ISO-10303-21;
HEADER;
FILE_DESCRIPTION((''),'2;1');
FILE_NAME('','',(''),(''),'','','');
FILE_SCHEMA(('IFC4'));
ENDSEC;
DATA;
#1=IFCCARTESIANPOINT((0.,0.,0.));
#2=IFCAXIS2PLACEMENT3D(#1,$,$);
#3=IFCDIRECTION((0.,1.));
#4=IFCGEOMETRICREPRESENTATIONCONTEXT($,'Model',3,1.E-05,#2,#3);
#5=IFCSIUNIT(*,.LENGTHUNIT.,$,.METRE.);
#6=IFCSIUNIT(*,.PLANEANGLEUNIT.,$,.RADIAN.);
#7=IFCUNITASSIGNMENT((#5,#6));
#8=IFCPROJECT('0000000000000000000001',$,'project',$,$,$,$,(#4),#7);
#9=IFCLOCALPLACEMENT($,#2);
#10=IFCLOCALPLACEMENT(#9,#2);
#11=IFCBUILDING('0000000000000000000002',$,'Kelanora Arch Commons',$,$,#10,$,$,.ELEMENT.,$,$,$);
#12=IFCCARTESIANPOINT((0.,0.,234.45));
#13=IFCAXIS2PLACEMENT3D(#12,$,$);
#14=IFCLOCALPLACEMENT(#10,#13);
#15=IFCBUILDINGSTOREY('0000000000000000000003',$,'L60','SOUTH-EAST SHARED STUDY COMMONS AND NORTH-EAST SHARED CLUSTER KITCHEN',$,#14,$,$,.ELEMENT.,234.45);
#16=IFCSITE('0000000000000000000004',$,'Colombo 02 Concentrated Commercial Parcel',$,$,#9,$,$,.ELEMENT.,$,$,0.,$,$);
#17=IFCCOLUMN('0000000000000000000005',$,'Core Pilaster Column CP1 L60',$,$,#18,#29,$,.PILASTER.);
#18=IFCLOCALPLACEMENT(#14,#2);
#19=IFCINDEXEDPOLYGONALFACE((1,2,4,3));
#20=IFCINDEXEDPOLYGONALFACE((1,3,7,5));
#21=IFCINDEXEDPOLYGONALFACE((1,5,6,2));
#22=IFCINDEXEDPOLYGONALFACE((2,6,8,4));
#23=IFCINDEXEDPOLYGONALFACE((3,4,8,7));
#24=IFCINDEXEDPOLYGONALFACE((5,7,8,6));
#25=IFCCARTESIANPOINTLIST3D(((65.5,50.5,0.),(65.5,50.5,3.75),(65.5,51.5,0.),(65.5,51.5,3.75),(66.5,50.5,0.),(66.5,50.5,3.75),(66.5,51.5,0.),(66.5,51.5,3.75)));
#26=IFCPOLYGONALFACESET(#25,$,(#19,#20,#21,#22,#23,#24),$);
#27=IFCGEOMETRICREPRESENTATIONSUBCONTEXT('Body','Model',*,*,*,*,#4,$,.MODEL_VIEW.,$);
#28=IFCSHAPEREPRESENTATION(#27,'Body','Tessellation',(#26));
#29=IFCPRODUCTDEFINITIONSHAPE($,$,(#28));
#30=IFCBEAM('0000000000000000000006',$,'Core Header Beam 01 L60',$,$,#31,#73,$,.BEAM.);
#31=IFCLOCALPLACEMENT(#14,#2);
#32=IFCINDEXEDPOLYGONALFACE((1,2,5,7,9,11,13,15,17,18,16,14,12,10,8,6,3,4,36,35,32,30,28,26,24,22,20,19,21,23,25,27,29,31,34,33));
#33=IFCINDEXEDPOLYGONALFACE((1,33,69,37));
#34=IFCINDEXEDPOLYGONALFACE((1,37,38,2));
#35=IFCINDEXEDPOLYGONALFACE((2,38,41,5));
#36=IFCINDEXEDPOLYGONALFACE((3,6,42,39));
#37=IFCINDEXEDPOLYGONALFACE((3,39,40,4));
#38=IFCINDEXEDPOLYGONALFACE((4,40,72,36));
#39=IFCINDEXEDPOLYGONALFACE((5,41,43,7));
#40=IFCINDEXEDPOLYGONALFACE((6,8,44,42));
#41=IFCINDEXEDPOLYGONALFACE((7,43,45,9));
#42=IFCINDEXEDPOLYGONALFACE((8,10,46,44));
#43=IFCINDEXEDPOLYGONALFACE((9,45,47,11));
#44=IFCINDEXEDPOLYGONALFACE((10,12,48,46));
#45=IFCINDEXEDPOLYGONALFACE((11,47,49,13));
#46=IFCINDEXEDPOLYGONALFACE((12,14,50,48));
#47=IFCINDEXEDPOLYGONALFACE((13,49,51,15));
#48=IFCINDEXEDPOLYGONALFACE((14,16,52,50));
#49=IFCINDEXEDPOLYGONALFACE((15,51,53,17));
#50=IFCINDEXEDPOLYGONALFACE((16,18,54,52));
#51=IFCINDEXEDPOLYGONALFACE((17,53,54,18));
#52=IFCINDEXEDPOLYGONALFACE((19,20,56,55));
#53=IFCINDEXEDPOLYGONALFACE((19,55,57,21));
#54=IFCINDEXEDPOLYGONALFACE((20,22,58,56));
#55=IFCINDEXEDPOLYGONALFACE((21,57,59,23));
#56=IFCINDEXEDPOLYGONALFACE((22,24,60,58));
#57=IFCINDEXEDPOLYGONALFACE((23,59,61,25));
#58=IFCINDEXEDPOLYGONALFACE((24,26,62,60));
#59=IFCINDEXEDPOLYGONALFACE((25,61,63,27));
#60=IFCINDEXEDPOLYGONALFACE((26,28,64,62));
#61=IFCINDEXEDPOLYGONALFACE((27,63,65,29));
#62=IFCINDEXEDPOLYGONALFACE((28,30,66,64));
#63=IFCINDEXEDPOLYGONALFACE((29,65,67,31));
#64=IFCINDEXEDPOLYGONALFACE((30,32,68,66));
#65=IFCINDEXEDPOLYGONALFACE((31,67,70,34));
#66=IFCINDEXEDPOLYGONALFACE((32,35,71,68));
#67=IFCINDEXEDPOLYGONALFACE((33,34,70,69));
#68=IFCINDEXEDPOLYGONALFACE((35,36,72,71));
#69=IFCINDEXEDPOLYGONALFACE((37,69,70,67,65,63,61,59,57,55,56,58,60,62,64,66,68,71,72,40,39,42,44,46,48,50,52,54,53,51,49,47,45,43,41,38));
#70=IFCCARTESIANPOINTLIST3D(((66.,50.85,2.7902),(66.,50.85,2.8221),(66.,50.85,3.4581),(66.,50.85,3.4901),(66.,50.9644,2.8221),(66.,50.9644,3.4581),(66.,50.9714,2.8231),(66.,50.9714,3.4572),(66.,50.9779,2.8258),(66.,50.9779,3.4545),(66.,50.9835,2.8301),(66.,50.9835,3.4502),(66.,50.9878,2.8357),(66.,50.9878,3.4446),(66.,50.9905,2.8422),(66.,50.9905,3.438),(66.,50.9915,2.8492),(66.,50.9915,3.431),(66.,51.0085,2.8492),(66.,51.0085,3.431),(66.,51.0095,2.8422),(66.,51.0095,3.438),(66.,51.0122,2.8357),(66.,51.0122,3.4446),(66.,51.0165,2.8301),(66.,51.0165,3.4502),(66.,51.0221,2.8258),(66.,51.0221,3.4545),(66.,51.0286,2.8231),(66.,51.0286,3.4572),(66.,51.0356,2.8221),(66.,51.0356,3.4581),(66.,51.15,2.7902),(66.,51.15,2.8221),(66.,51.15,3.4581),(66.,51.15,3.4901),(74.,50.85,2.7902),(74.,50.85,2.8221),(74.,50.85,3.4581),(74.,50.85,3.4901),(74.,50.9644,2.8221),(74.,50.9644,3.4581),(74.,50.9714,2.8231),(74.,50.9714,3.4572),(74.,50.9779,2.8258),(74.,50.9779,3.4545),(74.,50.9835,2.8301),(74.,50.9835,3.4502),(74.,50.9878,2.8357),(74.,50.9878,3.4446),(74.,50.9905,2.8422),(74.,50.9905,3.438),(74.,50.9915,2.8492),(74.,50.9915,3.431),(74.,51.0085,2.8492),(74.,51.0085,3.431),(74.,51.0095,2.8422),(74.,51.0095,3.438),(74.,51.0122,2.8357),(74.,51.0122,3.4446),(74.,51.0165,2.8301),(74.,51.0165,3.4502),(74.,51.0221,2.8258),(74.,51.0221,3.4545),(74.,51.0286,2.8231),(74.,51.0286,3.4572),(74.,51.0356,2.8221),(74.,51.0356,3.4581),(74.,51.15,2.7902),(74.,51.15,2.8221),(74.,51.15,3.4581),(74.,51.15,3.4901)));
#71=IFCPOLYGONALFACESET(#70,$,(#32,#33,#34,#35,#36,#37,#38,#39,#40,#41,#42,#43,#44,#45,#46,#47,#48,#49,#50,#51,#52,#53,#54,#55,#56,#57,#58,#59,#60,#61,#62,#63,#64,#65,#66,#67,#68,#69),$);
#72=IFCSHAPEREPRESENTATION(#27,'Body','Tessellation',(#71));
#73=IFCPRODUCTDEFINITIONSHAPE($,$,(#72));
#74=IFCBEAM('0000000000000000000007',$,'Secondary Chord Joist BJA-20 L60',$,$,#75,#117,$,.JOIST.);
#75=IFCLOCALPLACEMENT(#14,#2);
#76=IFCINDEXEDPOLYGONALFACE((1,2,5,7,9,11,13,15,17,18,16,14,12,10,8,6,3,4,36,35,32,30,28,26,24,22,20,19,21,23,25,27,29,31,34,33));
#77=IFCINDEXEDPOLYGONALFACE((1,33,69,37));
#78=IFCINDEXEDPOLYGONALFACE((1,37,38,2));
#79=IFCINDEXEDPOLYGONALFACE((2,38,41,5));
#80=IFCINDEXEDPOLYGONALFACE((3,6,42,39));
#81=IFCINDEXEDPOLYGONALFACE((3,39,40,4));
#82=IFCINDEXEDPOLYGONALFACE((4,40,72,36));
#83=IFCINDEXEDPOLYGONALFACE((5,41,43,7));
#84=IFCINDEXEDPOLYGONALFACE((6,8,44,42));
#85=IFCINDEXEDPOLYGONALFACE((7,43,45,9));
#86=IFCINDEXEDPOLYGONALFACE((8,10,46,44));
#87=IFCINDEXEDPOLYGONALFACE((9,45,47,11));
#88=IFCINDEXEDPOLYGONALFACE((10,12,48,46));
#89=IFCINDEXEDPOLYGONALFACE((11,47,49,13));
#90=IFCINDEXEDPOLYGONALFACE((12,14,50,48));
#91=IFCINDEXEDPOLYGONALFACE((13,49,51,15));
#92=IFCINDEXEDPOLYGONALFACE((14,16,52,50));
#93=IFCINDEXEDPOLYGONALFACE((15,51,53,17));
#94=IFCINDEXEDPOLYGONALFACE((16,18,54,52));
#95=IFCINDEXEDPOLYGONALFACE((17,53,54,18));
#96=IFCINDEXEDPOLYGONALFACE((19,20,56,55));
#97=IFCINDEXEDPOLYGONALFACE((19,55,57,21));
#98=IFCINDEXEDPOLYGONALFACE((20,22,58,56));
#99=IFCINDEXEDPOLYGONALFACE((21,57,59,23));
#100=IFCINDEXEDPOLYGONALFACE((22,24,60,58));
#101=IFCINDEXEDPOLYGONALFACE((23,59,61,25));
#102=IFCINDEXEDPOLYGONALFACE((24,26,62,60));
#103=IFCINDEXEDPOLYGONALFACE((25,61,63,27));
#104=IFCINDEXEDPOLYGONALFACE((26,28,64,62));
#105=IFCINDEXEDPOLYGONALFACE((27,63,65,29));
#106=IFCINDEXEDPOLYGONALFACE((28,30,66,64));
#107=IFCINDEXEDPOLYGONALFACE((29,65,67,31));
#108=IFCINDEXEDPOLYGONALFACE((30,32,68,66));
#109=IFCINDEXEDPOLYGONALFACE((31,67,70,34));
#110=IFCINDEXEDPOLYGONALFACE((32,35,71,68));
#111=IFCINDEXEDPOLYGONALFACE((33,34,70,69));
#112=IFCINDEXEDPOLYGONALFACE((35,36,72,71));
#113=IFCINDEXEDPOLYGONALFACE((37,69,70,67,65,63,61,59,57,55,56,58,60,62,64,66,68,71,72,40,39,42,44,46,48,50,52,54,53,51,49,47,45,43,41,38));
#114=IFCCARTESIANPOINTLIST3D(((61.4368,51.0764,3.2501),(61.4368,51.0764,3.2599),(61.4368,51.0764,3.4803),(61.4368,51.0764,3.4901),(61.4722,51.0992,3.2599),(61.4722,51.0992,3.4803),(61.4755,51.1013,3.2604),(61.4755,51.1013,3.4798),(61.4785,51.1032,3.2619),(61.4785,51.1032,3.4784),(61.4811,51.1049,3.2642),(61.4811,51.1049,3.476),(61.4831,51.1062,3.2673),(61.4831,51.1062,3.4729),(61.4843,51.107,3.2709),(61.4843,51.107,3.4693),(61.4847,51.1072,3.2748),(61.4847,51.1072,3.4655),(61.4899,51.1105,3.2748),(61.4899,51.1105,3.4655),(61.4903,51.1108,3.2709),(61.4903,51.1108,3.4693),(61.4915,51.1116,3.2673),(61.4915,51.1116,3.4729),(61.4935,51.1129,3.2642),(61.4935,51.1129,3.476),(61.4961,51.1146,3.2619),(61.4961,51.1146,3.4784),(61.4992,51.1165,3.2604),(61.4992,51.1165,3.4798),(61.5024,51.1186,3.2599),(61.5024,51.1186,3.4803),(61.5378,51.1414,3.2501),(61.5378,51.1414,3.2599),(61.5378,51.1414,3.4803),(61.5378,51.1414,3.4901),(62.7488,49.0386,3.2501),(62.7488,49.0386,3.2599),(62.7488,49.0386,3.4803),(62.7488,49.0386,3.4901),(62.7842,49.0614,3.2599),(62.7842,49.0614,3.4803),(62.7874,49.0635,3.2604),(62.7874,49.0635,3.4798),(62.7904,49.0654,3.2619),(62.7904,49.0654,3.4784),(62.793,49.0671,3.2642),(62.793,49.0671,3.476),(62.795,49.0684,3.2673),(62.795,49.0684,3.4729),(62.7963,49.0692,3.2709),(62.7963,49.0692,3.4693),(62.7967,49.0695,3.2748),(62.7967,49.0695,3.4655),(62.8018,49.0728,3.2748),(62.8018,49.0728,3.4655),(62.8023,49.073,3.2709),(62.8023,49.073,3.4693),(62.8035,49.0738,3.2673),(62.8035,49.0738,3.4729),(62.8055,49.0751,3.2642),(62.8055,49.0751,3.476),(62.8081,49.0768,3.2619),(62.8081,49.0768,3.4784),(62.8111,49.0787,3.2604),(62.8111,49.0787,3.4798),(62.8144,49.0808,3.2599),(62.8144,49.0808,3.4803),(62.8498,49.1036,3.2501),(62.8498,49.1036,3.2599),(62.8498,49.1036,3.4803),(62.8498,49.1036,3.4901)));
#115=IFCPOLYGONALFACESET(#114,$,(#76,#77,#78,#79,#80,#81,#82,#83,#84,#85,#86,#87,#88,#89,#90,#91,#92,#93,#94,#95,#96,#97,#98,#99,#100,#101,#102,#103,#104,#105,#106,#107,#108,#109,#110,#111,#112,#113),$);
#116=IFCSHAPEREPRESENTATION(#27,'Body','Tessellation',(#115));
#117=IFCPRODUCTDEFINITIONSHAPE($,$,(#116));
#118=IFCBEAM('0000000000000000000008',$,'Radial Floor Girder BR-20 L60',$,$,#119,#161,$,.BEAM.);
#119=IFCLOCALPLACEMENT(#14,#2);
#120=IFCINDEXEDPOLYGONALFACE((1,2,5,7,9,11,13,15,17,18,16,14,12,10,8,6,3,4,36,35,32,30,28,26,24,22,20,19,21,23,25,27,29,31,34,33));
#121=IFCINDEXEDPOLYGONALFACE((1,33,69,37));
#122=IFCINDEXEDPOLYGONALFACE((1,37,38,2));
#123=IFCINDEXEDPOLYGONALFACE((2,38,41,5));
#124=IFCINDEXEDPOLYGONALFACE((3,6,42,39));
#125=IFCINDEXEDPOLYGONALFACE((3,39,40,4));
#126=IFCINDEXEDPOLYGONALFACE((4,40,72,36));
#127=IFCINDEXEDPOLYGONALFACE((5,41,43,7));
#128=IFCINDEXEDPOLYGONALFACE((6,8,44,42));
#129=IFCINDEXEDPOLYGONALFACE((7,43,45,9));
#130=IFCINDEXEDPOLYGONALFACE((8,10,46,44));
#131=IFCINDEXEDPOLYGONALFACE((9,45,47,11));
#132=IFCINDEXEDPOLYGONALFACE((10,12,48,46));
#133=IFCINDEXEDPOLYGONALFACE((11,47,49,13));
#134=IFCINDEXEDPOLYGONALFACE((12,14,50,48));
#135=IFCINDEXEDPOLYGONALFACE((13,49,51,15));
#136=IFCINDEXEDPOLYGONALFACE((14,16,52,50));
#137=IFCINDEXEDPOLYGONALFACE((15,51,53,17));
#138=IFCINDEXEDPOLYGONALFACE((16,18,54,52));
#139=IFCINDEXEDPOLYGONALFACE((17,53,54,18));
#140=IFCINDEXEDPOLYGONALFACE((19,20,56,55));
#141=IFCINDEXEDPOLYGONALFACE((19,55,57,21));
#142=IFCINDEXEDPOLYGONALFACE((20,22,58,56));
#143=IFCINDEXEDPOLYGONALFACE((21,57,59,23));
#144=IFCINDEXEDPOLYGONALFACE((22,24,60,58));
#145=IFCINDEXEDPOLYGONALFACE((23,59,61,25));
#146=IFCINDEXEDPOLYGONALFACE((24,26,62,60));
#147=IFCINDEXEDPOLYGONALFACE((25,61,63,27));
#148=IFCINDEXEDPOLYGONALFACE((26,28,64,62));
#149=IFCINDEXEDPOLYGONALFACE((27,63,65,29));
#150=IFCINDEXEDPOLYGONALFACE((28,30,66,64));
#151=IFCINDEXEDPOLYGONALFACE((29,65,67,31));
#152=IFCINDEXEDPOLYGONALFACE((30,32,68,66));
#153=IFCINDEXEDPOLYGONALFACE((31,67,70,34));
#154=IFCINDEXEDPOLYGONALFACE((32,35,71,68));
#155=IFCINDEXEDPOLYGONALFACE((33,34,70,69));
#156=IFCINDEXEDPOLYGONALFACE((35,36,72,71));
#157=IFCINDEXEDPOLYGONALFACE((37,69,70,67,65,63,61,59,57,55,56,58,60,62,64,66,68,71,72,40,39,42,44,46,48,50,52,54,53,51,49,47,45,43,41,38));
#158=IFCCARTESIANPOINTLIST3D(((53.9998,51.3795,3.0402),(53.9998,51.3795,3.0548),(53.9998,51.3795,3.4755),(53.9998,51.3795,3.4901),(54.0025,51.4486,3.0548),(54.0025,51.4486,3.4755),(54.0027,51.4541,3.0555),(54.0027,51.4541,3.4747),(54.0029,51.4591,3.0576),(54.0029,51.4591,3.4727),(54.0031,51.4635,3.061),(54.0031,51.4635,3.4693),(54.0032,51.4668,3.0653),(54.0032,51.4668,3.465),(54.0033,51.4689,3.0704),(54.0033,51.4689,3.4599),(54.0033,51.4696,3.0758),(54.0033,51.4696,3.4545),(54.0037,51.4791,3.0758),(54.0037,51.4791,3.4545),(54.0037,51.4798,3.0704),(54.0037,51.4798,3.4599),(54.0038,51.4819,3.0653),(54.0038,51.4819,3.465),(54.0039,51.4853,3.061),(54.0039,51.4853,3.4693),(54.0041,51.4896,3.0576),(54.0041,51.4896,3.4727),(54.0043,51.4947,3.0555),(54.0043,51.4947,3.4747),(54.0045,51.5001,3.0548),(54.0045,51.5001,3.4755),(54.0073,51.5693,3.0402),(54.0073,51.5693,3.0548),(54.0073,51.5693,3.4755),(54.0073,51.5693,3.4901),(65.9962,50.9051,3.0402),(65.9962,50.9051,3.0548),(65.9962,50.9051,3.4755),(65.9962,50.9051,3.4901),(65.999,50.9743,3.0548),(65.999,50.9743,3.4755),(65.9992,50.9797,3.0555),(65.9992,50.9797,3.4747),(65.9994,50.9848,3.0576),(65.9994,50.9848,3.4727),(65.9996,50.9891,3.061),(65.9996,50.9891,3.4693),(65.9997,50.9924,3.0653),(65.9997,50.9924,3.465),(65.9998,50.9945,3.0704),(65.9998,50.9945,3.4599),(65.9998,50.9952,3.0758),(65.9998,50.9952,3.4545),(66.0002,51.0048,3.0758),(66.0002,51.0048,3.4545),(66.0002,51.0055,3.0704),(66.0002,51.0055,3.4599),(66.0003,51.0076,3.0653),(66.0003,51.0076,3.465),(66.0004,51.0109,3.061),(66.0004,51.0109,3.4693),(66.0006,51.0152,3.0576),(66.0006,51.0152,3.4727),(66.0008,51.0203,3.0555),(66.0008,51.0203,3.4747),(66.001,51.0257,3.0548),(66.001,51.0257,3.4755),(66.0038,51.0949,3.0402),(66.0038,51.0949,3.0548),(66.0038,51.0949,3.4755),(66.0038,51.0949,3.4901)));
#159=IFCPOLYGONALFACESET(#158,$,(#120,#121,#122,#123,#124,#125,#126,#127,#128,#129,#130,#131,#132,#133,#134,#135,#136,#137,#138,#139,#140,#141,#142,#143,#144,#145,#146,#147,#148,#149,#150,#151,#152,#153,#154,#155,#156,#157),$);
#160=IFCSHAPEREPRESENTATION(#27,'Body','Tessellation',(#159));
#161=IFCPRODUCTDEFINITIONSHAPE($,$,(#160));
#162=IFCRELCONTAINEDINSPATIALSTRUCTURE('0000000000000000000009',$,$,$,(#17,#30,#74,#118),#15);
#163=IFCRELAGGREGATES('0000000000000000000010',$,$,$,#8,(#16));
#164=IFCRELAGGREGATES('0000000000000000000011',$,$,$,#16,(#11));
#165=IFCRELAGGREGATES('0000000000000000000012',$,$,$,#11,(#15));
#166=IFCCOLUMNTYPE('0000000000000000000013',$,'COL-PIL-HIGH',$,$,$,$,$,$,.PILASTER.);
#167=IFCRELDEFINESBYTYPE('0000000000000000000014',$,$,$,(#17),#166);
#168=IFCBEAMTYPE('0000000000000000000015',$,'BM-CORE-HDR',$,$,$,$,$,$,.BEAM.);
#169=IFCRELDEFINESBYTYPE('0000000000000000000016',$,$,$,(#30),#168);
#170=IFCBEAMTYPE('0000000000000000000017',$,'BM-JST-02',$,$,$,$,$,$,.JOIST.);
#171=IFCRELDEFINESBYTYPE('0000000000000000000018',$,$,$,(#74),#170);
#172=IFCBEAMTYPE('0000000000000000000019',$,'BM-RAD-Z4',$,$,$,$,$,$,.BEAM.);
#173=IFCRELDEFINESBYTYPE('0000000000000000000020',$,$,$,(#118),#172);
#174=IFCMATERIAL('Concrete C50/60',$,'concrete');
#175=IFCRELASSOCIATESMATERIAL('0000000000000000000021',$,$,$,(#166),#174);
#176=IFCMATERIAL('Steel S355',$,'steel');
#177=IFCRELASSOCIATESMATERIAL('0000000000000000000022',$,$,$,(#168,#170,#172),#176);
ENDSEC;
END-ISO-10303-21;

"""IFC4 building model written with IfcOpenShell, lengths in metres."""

from ifc_helpers import new_model, si_unit, direction, frame, origin, origin_2d, place, context, subcontext, project, spatial, rectangle, i_section, extrude, material, material_profile, profile_set, type_object, element, save


model = new_model("IFC4")

# Units and contexts
model_context = context("Model", 3, precision=1e-05, world=origin(), true_north=direction((0.0, 1.0)))
body_context = subcontext(model_context, "Body", "Model", "MODEL_VIEW")
ifc_project = project(units=[si_unit("LENGTHUNIT", "METRE"), si_unit("PLANEANGLEUNIT", "RADIAN")], contexts=[model_context])

# Site, building, storey
site_placement = place(None, origin())
site = spatial("IfcSite", under=ifc_project, at=site_placement, Name="Colombo 02 Concentrated Commercial Parcel", CompositionType="ELEMENT", RefElevation=0.0)
building_placement = place(site_placement, origin())
building = spatial("IfcBuilding", under=site, at=building_placement, Name="Kelanora Arch Commons", CompositionType="ELEMENT")
storey_placement = place(building_placement, frame((0.0, 0.0, 234.45)))
storey = spatial("IfcBuildingStorey", under=building, at=storey_placement, Name="L60", Description="SOUTH-EAST SHARED STUDY COMMONS AND NORTH-EAST SHARED CLUSTER KITCHEN", CompositionType="ELEMENT", Elevation=234.45)

# Column
ifc_material_1 = material(Name="Concrete C50/60", Category="concrete")
ifc_material_profile_1 = material_profile(ifc_material_1, rectangle(XDim=1.0, YDim=1.0, at=origin_2d()), Name="RC1000x1000")
ifc_profile_set_1 = profile_set([ifc_material_profile_1], Name="Concrete C50/60")
column_type = type_object("IfcColumnType", Name="COL-PIL-HIGH", PredefinedType="PILASTER", material=ifc_profile_set_1)
column_placement = place(storey_placement, frame((66.0, 51.0, 0.0), z_axis=(0.0, 0.0, 1.0), x_axis=(1.0, 0.0, 0.0)))
element("IfcColumn", 1, at=column_placement, inside=storey, type_object=column_type, Name="Core Pilaster Column CP1 L60", PredefinedType="PILASTER", context=body_context, shape_type="SweptSolid", body=[
    extrude(rectangle(XDim=1.0, YDim=1.0, at=origin_2d()), origin(), (0.0, 0.0, 1.0), 3.75),
])

# Beams
ifc_material_2 = material(Name="Steel S355", Category="steel")
ifc_material_profile_2 = material_profile(ifc_material_2, i_section(OverallWidth=0.3, OverallDepth=0.7, WebThickness=0.0171, FlangeThickness=0.032, FilletRadius=0.0271, at=origin_2d()), Name="HEB700")
ifc_profile_set_2 = profile_set([ifc_material_profile_2], Name="Steel S355")
beam_type_1 = type_object("IfcBeamType", Name="BM-CORE-HDR", PredefinedType="BEAM", material=ifc_profile_set_2)
beam_1_placement = place(storey_placement, frame((66.0, 51.0, 3.1401), z_axis=(1.0, 0.0, 0.0), x_axis=(0.0, 1.0, 0.0)))
element("IfcBeam", 2, at=beam_1_placement, inside=storey, type_object=beam_type_1, Name="Core Header Beam 01 L60", PredefinedType="BEAM", context=body_context, shape_type="SweptSolid", body=[
    extrude(i_section(OverallWidth=0.3, OverallDepth=0.7, WebThickness=0.0171, FlangeThickness=0.032, FilletRadius=0.0271, at=origin_2d()), origin(), (0.0, 0.0, 1.0), 8.0),
])
ifc_material_profile_3 = material_profile(ifc_material_2, i_section(OverallWidth=0.1201, OverallDepth=0.24, WebThickness=0.0061, FlangeThickness=0.0098, FilletRadius=0.0149, at=origin_2d()), Name="IPE240")
ifc_profile_set_3 = profile_set([ifc_material_profile_3], Name="Steel S355")
beam_type_2 = type_object("IfcBeamType", Name="BM-JST-02", PredefinedType="JOIST", material=ifc_profile_set_3)
beam_2_placement = place(storey_placement, frame((61.4873, 51.1089, 3.3701), z_axis=(0.541333, -0.840808, 0.0), x_axis=(0.840808, 0.541333, 0.0)))
element("IfcBeam", 3, at=beam_2_placement, inside=storey, type_object=beam_type_2, Name="Secondary Chord Joist BJA-20 L60", PredefinedType="JOIST", context=body_context, shape_type="SweptSolid", body=[
    extrude(i_section(OverallWidth=0.1201, OverallDepth=0.24, WebThickness=0.0061, FlangeThickness=0.0098, FilletRadius=0.0149, at=origin_2d()), origin(), (0.0, 0.0, 1.0), 2.4236),
])
ifc_material_profile_4 = material_profile(ifc_material_2, i_section(OverallWidth=0.1899, OverallDepth=0.45, WebThickness=0.0095, FlangeThickness=0.0146, FilletRadius=0.021, at=origin_2d()), Name="IPE450")
ifc_profile_set_4 = profile_set([ifc_material_profile_4], Name="Steel S355")
beam_type_3 = type_object("IfcBeamType", Name="BM-RAD-Z4", PredefinedType="BEAM", material=ifc_profile_set_4)
beam_3_placement = place(storey_placement, frame((66.0, 51.0, 3.2651), z_axis=(-0.999219, 0.039511, 0.0), x_axis=(-0.039511, -0.999219, 0.0)))
element("IfcBeam", 4, at=beam_3_placement, inside=storey, type_object=beam_type_3, Name="Radial Floor Girder BR-20 L60", PredefinedType="BEAM", context=body_context, shape_type="SweptSolid", body=[
    extrude(i_section(OverallWidth=0.1899, OverallDepth=0.45, WebThickness=0.0095, FlangeThickness=0.0146, FilletRadius=0.021, at=origin_2d()), origin(), (0.0, 0.0, 1.0), 12.0059),
])

save(model, "model.ifc")
